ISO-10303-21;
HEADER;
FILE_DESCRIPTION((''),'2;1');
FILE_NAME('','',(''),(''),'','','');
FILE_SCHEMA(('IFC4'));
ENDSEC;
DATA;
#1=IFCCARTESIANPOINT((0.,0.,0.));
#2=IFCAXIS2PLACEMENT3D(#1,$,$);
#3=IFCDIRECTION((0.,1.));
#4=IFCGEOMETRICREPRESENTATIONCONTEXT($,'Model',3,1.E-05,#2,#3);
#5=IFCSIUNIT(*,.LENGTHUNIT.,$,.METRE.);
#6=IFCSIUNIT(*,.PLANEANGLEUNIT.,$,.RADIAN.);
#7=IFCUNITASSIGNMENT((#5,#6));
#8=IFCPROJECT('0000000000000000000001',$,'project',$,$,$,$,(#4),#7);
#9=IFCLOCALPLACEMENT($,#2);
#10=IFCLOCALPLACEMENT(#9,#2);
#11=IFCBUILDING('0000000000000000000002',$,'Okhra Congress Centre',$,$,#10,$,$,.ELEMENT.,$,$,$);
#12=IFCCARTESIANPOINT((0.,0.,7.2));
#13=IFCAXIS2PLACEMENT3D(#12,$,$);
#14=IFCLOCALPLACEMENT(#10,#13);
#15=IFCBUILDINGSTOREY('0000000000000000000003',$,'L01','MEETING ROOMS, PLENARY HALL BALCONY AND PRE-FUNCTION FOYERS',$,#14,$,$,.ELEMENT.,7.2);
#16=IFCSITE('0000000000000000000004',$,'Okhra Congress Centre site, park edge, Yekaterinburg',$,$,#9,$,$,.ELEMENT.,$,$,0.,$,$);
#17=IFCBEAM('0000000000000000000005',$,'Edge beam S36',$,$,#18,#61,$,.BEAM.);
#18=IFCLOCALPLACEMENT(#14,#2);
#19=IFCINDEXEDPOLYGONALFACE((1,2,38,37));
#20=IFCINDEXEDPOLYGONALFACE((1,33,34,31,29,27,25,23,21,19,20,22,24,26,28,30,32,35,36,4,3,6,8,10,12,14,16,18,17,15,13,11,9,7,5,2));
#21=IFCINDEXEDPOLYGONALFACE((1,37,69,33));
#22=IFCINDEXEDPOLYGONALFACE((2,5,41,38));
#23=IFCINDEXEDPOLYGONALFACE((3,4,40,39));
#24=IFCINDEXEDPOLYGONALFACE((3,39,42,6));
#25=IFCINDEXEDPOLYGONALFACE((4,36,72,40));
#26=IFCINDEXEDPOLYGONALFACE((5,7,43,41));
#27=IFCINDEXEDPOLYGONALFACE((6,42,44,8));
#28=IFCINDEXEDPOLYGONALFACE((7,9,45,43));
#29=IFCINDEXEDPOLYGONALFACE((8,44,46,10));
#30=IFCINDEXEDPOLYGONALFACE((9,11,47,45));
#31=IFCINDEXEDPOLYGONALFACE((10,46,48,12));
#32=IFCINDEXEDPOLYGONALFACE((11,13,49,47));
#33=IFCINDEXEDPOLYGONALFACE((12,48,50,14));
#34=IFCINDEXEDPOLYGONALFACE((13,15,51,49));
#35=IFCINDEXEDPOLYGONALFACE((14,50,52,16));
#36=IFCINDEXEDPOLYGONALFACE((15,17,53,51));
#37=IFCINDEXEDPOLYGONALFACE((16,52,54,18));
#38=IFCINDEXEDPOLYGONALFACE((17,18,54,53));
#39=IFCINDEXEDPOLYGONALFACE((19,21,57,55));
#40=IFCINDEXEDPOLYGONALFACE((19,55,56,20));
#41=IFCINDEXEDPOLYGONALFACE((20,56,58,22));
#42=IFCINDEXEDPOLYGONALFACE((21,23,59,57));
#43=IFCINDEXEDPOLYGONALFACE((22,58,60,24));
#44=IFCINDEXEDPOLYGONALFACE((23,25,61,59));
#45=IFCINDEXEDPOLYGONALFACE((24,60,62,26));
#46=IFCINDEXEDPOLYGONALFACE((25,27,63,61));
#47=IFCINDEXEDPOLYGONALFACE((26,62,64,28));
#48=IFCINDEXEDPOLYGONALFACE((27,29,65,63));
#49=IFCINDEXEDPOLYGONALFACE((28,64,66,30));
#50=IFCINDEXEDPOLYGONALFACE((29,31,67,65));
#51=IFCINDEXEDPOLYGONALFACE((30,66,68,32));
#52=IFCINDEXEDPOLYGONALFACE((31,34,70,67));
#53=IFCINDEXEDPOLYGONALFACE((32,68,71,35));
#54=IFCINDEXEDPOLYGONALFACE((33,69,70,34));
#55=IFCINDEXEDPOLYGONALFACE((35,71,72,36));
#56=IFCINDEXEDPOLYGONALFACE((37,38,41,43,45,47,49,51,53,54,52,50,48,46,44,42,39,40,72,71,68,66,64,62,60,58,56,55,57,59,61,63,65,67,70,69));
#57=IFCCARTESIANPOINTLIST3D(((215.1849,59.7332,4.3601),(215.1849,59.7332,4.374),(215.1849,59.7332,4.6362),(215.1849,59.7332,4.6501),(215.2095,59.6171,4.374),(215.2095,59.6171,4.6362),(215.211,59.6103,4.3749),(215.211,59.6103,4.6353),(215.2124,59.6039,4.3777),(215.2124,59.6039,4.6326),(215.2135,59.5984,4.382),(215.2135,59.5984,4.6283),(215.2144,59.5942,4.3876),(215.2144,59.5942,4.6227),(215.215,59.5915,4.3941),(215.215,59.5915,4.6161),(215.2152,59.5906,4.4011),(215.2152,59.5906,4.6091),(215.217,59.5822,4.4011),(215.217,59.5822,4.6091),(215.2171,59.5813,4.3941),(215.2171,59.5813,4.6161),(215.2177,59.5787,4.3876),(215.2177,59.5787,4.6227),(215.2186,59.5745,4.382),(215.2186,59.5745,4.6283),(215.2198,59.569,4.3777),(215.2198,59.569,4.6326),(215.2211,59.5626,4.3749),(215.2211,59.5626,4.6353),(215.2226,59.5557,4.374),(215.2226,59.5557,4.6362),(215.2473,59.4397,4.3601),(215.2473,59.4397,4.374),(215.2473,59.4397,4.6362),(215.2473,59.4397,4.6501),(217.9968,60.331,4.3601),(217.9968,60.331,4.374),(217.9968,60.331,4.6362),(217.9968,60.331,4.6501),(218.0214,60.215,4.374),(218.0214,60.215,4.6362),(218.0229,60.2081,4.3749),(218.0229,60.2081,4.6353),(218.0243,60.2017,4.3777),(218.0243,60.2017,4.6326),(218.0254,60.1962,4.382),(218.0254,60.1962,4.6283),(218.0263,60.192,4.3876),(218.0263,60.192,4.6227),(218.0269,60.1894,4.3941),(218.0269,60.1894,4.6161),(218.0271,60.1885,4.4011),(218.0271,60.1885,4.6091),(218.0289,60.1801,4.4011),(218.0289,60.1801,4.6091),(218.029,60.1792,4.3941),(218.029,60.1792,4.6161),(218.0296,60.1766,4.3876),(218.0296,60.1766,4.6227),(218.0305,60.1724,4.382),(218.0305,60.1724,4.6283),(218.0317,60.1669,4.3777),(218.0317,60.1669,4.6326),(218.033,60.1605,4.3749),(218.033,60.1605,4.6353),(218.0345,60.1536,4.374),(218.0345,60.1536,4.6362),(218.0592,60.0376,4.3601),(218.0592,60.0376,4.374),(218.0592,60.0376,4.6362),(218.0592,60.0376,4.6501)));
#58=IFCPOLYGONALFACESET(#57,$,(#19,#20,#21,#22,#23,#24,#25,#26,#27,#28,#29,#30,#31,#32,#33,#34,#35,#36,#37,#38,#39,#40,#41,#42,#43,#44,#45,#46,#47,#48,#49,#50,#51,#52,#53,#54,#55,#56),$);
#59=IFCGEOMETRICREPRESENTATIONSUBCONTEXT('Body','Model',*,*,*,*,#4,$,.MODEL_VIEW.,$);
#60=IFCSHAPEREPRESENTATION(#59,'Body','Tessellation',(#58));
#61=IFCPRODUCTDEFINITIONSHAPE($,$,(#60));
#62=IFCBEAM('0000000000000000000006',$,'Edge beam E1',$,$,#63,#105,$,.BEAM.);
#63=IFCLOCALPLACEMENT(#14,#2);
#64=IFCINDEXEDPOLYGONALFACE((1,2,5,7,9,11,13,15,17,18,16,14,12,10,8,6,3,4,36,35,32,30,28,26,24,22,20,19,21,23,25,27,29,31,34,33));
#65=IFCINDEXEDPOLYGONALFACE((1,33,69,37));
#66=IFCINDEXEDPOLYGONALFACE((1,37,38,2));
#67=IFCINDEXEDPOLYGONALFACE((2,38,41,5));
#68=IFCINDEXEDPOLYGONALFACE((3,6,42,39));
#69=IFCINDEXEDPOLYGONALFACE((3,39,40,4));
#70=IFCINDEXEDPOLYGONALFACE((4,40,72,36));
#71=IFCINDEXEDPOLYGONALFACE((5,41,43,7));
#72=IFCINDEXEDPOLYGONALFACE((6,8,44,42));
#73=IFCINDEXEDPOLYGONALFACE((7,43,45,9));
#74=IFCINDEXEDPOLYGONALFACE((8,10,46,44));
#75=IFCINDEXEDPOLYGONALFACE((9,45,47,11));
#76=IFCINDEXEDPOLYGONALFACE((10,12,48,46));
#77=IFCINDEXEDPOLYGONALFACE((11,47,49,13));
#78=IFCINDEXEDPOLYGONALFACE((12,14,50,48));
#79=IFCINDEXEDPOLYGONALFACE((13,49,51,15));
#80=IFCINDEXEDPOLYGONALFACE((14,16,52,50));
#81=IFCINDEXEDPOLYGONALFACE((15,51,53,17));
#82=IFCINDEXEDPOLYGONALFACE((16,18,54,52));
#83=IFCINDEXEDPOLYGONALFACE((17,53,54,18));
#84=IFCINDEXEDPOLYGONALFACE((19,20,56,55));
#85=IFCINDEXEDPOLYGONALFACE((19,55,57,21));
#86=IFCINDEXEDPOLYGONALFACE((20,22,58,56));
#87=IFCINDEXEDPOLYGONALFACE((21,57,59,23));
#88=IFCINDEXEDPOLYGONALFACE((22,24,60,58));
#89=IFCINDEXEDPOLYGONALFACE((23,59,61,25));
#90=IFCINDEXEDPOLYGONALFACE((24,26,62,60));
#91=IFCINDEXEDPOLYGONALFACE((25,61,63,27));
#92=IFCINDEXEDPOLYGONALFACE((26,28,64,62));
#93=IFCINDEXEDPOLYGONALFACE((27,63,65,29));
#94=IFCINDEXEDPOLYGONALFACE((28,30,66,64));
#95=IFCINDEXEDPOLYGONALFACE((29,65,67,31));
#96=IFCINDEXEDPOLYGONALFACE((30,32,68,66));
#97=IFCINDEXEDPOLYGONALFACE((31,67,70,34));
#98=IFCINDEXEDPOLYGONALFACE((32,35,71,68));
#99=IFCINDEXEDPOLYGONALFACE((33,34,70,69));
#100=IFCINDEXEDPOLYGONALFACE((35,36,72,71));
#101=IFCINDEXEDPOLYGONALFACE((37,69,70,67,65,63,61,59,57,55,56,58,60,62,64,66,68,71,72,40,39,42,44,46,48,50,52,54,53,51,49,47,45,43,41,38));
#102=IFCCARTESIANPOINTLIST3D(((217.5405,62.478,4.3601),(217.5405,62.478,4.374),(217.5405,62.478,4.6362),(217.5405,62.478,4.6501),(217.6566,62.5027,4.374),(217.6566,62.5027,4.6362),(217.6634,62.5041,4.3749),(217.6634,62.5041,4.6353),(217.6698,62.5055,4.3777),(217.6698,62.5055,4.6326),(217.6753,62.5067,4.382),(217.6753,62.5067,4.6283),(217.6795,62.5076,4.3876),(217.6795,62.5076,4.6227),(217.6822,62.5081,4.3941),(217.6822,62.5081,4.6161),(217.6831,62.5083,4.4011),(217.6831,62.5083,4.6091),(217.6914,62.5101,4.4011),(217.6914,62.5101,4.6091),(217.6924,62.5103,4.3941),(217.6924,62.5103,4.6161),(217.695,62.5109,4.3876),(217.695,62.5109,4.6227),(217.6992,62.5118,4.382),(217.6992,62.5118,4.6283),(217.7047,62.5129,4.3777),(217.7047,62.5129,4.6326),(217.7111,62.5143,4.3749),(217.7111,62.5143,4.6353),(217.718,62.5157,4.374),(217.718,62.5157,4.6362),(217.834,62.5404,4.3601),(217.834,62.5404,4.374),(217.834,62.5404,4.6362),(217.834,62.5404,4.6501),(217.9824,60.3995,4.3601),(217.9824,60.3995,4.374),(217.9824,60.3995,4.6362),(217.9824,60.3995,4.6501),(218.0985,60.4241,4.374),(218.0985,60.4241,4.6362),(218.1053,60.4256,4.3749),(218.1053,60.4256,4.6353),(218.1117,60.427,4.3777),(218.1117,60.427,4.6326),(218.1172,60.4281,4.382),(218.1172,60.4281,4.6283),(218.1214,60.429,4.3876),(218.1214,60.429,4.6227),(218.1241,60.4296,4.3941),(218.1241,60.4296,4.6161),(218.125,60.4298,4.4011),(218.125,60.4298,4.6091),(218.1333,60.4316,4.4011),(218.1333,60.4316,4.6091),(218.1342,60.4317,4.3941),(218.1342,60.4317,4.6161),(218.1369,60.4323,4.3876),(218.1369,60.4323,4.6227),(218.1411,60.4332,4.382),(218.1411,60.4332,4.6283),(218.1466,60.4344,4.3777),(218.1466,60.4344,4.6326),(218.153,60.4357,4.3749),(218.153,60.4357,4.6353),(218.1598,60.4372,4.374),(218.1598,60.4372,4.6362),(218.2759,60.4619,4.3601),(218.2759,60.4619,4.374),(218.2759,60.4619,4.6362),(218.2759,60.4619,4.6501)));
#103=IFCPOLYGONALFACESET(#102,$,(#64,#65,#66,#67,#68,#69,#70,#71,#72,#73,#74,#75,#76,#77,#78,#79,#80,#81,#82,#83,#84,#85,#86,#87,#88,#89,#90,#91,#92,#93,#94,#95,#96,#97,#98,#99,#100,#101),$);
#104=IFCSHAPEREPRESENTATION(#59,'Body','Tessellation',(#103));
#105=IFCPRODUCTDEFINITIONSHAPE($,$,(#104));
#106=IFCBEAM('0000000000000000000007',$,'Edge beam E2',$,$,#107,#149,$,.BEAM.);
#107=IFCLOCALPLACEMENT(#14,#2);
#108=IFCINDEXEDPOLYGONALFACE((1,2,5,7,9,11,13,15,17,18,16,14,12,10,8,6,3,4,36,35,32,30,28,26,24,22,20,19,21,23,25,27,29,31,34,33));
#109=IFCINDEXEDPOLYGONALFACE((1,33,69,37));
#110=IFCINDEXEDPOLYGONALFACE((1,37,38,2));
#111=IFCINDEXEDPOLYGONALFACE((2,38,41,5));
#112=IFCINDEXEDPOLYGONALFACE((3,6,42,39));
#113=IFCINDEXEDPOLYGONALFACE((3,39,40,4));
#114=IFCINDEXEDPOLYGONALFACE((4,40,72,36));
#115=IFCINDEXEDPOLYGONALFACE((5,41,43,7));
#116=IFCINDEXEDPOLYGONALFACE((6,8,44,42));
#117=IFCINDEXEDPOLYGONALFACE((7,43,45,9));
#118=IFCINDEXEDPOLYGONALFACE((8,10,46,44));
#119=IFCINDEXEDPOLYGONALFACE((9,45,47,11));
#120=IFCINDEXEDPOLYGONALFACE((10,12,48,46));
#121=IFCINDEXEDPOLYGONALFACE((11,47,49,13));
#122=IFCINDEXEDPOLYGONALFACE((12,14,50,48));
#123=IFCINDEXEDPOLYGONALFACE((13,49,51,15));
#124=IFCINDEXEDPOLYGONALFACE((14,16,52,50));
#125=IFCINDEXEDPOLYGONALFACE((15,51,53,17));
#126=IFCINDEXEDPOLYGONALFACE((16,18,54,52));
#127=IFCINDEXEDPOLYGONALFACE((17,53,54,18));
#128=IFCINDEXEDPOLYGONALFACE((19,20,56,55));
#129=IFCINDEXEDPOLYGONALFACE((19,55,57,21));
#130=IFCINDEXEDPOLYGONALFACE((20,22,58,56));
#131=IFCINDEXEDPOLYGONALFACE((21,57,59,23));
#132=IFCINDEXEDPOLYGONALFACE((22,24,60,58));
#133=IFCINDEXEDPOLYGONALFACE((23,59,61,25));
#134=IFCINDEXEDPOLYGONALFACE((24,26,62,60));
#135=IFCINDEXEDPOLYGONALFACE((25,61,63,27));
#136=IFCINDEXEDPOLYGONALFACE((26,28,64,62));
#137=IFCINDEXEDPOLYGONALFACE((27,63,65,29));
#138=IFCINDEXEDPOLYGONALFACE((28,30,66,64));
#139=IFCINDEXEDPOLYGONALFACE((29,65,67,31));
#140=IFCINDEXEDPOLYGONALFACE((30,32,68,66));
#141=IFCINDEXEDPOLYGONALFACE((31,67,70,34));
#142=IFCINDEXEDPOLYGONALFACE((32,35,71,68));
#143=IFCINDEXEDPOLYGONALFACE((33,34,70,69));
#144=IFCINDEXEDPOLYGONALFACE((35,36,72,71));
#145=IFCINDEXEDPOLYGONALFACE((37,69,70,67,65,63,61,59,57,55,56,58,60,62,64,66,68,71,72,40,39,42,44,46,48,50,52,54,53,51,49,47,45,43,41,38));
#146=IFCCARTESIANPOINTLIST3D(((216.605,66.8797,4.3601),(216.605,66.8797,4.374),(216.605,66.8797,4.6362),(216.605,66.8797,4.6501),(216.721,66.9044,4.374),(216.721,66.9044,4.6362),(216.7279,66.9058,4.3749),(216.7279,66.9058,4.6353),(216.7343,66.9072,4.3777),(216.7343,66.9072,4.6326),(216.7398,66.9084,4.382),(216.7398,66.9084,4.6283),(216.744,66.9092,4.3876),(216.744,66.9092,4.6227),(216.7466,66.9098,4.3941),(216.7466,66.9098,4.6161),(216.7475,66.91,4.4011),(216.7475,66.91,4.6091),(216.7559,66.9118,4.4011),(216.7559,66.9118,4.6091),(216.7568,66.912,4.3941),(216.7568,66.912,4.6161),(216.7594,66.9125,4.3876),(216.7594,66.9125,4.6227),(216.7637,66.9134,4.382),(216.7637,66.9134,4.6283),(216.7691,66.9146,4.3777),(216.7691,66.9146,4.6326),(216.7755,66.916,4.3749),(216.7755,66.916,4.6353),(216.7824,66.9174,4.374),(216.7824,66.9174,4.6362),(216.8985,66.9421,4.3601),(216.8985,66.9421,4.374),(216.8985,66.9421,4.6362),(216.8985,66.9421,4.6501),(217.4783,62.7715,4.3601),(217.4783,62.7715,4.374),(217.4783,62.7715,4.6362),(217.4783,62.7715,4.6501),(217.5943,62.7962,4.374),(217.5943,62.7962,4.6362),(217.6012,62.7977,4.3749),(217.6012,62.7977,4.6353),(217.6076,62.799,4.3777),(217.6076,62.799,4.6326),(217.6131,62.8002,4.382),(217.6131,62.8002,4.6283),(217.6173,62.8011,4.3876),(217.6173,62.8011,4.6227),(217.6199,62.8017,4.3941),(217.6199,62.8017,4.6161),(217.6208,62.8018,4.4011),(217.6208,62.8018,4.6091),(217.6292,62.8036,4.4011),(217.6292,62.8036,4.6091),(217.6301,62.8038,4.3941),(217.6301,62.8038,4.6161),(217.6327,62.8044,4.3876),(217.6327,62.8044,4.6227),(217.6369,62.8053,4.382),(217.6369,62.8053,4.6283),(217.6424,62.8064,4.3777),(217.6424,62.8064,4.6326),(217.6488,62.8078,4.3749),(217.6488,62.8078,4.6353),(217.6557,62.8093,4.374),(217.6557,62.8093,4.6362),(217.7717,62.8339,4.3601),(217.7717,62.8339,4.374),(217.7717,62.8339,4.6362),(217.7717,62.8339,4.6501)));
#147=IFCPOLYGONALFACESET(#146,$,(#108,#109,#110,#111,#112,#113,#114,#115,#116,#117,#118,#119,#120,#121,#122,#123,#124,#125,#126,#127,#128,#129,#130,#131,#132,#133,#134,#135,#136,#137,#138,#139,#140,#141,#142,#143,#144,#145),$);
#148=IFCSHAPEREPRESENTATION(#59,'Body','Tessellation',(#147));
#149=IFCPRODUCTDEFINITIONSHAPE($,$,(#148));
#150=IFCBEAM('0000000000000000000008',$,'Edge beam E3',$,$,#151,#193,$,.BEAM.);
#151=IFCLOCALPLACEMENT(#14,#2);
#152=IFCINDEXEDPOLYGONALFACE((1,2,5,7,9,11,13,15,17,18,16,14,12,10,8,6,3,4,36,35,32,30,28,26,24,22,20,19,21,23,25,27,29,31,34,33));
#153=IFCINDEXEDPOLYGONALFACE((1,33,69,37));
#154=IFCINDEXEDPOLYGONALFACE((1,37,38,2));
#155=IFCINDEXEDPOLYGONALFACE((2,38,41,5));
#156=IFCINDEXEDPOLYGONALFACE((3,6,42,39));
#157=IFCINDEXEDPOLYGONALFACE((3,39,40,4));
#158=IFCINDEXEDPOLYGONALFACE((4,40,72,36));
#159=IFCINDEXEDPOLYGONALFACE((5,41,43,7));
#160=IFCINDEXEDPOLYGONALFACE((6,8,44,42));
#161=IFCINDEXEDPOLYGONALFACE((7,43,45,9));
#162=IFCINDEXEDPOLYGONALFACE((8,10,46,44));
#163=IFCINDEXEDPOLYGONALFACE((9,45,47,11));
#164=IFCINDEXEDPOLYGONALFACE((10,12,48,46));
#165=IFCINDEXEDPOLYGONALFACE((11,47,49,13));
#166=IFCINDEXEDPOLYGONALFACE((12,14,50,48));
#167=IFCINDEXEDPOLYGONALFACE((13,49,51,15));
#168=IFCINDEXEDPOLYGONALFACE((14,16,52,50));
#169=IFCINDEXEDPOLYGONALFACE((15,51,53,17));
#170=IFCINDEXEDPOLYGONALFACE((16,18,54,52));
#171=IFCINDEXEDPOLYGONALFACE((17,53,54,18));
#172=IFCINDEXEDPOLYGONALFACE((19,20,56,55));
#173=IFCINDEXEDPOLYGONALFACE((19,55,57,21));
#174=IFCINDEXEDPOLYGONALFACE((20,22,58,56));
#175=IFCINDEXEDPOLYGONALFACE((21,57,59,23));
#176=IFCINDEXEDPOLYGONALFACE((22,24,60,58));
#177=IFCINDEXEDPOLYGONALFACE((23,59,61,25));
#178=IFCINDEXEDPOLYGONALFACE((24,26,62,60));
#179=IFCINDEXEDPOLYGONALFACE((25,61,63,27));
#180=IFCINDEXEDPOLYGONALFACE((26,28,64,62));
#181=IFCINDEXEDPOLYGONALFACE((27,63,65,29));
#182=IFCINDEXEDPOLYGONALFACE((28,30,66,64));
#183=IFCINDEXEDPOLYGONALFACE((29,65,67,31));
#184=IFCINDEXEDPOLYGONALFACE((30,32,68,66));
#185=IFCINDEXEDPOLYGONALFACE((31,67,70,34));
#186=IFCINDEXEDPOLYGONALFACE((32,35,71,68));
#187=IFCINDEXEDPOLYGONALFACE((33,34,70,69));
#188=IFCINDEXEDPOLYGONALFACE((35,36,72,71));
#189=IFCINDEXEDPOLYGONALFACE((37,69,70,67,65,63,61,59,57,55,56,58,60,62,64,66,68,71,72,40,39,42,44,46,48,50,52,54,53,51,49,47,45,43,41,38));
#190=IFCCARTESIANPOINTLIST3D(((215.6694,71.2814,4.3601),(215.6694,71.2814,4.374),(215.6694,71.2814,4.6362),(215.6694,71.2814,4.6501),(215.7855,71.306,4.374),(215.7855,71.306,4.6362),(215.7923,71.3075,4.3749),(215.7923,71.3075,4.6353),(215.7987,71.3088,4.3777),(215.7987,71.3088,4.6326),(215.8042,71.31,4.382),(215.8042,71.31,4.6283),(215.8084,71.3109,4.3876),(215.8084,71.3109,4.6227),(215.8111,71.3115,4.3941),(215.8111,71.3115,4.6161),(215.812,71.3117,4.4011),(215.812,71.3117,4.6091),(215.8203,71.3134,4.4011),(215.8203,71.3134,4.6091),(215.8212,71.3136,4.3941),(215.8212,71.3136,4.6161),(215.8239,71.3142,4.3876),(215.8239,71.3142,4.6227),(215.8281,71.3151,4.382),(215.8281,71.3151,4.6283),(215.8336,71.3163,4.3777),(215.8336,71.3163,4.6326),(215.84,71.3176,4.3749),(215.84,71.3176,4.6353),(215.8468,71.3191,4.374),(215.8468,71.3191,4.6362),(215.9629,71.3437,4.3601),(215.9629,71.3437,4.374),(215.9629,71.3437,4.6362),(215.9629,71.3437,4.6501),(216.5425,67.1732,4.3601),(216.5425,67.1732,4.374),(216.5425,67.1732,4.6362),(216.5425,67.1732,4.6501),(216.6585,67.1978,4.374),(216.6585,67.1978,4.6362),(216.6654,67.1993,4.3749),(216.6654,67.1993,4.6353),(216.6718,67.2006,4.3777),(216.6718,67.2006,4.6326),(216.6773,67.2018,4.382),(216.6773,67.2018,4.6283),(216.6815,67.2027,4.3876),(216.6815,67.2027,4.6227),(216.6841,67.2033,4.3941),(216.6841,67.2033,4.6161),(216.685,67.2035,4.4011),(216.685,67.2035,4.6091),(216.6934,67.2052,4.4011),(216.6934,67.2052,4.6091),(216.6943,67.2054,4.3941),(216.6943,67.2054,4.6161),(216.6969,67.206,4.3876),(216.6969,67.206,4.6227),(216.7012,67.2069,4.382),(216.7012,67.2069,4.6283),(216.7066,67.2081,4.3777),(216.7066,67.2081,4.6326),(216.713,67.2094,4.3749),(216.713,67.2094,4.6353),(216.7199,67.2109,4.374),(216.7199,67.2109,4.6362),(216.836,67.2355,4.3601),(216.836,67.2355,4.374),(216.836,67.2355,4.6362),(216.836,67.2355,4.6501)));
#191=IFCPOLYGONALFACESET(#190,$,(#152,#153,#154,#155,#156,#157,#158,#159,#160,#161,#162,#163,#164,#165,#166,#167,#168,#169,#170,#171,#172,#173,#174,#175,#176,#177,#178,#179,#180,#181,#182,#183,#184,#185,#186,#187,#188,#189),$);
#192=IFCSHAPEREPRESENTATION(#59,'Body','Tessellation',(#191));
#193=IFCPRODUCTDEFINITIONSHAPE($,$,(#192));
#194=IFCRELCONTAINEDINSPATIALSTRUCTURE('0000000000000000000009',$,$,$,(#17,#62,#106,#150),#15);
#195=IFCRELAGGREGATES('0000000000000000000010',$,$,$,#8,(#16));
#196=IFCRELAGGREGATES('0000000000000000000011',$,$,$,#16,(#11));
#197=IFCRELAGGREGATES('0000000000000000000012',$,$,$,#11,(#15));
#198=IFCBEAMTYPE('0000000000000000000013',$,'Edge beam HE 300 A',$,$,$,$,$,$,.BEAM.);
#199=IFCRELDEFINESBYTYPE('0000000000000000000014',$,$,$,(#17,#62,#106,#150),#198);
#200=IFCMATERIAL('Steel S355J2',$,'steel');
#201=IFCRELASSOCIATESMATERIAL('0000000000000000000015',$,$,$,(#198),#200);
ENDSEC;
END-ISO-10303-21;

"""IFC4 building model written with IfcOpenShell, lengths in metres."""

from ifc_helpers import new_model, si_unit, direction, frame, origin, origin_2d, place, context, subcontext, project, spatial, i_section, extrude, material, material_profile, profile_set, type_object, element, save


model = new_model("IFC4")

# Units and contexts
model_context = context("Model", 3, precision=1e-05, world=origin(), true_north=direction((0.0, 1.0)))
body_context = subcontext(model_context, "Body", "Model", "MODEL_VIEW")
ifc_project = project(units=[si_unit("LENGTHUNIT", "METRE"), si_unit("PLANEANGLEUNIT", "RADIAN")], contexts=[model_context])

# Site, building, storey
site_placement = place(None, origin())
site = spatial("IfcSite", under=ifc_project, at=site_placement, Name="Okhra Congress Centre site, park edge, Yekaterinburg", CompositionType="ELEMENT", RefElevation=0.0)
building_placement = place(site_placement, origin())
building = spatial("IfcBuilding", under=site, at=building_placement, Name="Okhra Congress Centre", CompositionType="ELEMENT")
storey_placement = place(building_placement, frame((0.0, 0.0, 7.2)))
storey = spatial("IfcBuildingStorey", under=building, at=storey_placement, Name="L01", Description="MEETING ROOMS, PLENARY HALL BALCONY AND PRE-FUNCTION FOYERS", CompositionType="ELEMENT", Elevation=7.2)

# Shared definitions
ifc_material_1 = material(Name="Steel S355J2", Category="steel")

# Beams
ifc_material_profile_1 = material_profile(ifc_material_1, i_section(OverallWidth=0.3, OverallDepth=0.29, WebThickness=0.0085, FlangeThickness=0.0139, FilletRadius=0.0271, at=origin_2d()), Name="HE 300 A")
ifc_profile_set_1 = profile_set([ifc_material_profile_1], Name="Steel S355J2")
beam_type = type_object("IfcBeamType", Name="Edge beam HE 300 A", PredefinedType="BEAM", material=ifc_profile_set_1)
beam_1_placement = place(storey_placement, frame((215.2161, 59.5864, 4.5051), z_axis=(0.978134, 0.207975, 0.0), x_axis=(-0.207975, 0.978134, 0.0)))
element("IfcBeam", 1, at=beam_1_placement, inside=storey, type_object=beam_type, Name="Edge beam S36", PredefinedType="BEAM", context=body_context, shape_type="SweptSolid", body=[
    extrude(i_section(OverallWidth=0.3, OverallDepth=0.29, WebThickness=0.0085, FlangeThickness=0.0139, FilletRadius=0.0271, at=origin_2d()), origin(), (0.0, 0.0, 1.0), 2.8748),
])
beam_2_placement = place(storey_placement, frame((218.1292, 60.4307, 4.5051), z_axis=(-0.207944, 0.978141, 0.0), x_axis=(-0.978141, -0.207944, 0.0)))
element("IfcBeam", 2, at=beam_2_placement, inside=storey, type_object=beam_type, Name="Edge beam E1", PredefinedType="BEAM", context=body_context, shape_type="SweptSolid", body=[
    extrude(i_section(OverallWidth=0.3, OverallDepth=0.29, WebThickness=0.0085, FlangeThickness=0.0139, FilletRadius=0.0271, at=origin_2d()), origin(), (0.0, 0.0, 1.0), 2.125),
])
for number, where, z_axis, x_axis, name in (
    (3, (217.625, 62.8027, 4.5051), (-0.207929, 0.978144, 0.0), (-0.978144, -0.207929, 0.0), "Edge beam E2"),
    (4, (216.6892, 67.2043, 4.5051), (-0.207873, 0.978156, 0.0), (-0.978156, -0.207873, 0.0), "Edge beam E3"),
):
    element("IfcBeam", number, at=place(storey_placement, frame(where, z_axis=z_axis, x_axis=x_axis)), inside=storey, type_object=beam_type, Name=name, PredefinedType="BEAM", context=body_context, shape_type="SweptSolid", body=[
        extrude(i_section(OverallWidth=0.3, OverallDepth=0.29, WebThickness=0.0085, FlangeThickness=0.0139, FilletRadius=0.0271, at=origin_2d()), origin(), (0.0, 0.0, 1.0), 4.2),
    ])

save(model, "model.ifc")
